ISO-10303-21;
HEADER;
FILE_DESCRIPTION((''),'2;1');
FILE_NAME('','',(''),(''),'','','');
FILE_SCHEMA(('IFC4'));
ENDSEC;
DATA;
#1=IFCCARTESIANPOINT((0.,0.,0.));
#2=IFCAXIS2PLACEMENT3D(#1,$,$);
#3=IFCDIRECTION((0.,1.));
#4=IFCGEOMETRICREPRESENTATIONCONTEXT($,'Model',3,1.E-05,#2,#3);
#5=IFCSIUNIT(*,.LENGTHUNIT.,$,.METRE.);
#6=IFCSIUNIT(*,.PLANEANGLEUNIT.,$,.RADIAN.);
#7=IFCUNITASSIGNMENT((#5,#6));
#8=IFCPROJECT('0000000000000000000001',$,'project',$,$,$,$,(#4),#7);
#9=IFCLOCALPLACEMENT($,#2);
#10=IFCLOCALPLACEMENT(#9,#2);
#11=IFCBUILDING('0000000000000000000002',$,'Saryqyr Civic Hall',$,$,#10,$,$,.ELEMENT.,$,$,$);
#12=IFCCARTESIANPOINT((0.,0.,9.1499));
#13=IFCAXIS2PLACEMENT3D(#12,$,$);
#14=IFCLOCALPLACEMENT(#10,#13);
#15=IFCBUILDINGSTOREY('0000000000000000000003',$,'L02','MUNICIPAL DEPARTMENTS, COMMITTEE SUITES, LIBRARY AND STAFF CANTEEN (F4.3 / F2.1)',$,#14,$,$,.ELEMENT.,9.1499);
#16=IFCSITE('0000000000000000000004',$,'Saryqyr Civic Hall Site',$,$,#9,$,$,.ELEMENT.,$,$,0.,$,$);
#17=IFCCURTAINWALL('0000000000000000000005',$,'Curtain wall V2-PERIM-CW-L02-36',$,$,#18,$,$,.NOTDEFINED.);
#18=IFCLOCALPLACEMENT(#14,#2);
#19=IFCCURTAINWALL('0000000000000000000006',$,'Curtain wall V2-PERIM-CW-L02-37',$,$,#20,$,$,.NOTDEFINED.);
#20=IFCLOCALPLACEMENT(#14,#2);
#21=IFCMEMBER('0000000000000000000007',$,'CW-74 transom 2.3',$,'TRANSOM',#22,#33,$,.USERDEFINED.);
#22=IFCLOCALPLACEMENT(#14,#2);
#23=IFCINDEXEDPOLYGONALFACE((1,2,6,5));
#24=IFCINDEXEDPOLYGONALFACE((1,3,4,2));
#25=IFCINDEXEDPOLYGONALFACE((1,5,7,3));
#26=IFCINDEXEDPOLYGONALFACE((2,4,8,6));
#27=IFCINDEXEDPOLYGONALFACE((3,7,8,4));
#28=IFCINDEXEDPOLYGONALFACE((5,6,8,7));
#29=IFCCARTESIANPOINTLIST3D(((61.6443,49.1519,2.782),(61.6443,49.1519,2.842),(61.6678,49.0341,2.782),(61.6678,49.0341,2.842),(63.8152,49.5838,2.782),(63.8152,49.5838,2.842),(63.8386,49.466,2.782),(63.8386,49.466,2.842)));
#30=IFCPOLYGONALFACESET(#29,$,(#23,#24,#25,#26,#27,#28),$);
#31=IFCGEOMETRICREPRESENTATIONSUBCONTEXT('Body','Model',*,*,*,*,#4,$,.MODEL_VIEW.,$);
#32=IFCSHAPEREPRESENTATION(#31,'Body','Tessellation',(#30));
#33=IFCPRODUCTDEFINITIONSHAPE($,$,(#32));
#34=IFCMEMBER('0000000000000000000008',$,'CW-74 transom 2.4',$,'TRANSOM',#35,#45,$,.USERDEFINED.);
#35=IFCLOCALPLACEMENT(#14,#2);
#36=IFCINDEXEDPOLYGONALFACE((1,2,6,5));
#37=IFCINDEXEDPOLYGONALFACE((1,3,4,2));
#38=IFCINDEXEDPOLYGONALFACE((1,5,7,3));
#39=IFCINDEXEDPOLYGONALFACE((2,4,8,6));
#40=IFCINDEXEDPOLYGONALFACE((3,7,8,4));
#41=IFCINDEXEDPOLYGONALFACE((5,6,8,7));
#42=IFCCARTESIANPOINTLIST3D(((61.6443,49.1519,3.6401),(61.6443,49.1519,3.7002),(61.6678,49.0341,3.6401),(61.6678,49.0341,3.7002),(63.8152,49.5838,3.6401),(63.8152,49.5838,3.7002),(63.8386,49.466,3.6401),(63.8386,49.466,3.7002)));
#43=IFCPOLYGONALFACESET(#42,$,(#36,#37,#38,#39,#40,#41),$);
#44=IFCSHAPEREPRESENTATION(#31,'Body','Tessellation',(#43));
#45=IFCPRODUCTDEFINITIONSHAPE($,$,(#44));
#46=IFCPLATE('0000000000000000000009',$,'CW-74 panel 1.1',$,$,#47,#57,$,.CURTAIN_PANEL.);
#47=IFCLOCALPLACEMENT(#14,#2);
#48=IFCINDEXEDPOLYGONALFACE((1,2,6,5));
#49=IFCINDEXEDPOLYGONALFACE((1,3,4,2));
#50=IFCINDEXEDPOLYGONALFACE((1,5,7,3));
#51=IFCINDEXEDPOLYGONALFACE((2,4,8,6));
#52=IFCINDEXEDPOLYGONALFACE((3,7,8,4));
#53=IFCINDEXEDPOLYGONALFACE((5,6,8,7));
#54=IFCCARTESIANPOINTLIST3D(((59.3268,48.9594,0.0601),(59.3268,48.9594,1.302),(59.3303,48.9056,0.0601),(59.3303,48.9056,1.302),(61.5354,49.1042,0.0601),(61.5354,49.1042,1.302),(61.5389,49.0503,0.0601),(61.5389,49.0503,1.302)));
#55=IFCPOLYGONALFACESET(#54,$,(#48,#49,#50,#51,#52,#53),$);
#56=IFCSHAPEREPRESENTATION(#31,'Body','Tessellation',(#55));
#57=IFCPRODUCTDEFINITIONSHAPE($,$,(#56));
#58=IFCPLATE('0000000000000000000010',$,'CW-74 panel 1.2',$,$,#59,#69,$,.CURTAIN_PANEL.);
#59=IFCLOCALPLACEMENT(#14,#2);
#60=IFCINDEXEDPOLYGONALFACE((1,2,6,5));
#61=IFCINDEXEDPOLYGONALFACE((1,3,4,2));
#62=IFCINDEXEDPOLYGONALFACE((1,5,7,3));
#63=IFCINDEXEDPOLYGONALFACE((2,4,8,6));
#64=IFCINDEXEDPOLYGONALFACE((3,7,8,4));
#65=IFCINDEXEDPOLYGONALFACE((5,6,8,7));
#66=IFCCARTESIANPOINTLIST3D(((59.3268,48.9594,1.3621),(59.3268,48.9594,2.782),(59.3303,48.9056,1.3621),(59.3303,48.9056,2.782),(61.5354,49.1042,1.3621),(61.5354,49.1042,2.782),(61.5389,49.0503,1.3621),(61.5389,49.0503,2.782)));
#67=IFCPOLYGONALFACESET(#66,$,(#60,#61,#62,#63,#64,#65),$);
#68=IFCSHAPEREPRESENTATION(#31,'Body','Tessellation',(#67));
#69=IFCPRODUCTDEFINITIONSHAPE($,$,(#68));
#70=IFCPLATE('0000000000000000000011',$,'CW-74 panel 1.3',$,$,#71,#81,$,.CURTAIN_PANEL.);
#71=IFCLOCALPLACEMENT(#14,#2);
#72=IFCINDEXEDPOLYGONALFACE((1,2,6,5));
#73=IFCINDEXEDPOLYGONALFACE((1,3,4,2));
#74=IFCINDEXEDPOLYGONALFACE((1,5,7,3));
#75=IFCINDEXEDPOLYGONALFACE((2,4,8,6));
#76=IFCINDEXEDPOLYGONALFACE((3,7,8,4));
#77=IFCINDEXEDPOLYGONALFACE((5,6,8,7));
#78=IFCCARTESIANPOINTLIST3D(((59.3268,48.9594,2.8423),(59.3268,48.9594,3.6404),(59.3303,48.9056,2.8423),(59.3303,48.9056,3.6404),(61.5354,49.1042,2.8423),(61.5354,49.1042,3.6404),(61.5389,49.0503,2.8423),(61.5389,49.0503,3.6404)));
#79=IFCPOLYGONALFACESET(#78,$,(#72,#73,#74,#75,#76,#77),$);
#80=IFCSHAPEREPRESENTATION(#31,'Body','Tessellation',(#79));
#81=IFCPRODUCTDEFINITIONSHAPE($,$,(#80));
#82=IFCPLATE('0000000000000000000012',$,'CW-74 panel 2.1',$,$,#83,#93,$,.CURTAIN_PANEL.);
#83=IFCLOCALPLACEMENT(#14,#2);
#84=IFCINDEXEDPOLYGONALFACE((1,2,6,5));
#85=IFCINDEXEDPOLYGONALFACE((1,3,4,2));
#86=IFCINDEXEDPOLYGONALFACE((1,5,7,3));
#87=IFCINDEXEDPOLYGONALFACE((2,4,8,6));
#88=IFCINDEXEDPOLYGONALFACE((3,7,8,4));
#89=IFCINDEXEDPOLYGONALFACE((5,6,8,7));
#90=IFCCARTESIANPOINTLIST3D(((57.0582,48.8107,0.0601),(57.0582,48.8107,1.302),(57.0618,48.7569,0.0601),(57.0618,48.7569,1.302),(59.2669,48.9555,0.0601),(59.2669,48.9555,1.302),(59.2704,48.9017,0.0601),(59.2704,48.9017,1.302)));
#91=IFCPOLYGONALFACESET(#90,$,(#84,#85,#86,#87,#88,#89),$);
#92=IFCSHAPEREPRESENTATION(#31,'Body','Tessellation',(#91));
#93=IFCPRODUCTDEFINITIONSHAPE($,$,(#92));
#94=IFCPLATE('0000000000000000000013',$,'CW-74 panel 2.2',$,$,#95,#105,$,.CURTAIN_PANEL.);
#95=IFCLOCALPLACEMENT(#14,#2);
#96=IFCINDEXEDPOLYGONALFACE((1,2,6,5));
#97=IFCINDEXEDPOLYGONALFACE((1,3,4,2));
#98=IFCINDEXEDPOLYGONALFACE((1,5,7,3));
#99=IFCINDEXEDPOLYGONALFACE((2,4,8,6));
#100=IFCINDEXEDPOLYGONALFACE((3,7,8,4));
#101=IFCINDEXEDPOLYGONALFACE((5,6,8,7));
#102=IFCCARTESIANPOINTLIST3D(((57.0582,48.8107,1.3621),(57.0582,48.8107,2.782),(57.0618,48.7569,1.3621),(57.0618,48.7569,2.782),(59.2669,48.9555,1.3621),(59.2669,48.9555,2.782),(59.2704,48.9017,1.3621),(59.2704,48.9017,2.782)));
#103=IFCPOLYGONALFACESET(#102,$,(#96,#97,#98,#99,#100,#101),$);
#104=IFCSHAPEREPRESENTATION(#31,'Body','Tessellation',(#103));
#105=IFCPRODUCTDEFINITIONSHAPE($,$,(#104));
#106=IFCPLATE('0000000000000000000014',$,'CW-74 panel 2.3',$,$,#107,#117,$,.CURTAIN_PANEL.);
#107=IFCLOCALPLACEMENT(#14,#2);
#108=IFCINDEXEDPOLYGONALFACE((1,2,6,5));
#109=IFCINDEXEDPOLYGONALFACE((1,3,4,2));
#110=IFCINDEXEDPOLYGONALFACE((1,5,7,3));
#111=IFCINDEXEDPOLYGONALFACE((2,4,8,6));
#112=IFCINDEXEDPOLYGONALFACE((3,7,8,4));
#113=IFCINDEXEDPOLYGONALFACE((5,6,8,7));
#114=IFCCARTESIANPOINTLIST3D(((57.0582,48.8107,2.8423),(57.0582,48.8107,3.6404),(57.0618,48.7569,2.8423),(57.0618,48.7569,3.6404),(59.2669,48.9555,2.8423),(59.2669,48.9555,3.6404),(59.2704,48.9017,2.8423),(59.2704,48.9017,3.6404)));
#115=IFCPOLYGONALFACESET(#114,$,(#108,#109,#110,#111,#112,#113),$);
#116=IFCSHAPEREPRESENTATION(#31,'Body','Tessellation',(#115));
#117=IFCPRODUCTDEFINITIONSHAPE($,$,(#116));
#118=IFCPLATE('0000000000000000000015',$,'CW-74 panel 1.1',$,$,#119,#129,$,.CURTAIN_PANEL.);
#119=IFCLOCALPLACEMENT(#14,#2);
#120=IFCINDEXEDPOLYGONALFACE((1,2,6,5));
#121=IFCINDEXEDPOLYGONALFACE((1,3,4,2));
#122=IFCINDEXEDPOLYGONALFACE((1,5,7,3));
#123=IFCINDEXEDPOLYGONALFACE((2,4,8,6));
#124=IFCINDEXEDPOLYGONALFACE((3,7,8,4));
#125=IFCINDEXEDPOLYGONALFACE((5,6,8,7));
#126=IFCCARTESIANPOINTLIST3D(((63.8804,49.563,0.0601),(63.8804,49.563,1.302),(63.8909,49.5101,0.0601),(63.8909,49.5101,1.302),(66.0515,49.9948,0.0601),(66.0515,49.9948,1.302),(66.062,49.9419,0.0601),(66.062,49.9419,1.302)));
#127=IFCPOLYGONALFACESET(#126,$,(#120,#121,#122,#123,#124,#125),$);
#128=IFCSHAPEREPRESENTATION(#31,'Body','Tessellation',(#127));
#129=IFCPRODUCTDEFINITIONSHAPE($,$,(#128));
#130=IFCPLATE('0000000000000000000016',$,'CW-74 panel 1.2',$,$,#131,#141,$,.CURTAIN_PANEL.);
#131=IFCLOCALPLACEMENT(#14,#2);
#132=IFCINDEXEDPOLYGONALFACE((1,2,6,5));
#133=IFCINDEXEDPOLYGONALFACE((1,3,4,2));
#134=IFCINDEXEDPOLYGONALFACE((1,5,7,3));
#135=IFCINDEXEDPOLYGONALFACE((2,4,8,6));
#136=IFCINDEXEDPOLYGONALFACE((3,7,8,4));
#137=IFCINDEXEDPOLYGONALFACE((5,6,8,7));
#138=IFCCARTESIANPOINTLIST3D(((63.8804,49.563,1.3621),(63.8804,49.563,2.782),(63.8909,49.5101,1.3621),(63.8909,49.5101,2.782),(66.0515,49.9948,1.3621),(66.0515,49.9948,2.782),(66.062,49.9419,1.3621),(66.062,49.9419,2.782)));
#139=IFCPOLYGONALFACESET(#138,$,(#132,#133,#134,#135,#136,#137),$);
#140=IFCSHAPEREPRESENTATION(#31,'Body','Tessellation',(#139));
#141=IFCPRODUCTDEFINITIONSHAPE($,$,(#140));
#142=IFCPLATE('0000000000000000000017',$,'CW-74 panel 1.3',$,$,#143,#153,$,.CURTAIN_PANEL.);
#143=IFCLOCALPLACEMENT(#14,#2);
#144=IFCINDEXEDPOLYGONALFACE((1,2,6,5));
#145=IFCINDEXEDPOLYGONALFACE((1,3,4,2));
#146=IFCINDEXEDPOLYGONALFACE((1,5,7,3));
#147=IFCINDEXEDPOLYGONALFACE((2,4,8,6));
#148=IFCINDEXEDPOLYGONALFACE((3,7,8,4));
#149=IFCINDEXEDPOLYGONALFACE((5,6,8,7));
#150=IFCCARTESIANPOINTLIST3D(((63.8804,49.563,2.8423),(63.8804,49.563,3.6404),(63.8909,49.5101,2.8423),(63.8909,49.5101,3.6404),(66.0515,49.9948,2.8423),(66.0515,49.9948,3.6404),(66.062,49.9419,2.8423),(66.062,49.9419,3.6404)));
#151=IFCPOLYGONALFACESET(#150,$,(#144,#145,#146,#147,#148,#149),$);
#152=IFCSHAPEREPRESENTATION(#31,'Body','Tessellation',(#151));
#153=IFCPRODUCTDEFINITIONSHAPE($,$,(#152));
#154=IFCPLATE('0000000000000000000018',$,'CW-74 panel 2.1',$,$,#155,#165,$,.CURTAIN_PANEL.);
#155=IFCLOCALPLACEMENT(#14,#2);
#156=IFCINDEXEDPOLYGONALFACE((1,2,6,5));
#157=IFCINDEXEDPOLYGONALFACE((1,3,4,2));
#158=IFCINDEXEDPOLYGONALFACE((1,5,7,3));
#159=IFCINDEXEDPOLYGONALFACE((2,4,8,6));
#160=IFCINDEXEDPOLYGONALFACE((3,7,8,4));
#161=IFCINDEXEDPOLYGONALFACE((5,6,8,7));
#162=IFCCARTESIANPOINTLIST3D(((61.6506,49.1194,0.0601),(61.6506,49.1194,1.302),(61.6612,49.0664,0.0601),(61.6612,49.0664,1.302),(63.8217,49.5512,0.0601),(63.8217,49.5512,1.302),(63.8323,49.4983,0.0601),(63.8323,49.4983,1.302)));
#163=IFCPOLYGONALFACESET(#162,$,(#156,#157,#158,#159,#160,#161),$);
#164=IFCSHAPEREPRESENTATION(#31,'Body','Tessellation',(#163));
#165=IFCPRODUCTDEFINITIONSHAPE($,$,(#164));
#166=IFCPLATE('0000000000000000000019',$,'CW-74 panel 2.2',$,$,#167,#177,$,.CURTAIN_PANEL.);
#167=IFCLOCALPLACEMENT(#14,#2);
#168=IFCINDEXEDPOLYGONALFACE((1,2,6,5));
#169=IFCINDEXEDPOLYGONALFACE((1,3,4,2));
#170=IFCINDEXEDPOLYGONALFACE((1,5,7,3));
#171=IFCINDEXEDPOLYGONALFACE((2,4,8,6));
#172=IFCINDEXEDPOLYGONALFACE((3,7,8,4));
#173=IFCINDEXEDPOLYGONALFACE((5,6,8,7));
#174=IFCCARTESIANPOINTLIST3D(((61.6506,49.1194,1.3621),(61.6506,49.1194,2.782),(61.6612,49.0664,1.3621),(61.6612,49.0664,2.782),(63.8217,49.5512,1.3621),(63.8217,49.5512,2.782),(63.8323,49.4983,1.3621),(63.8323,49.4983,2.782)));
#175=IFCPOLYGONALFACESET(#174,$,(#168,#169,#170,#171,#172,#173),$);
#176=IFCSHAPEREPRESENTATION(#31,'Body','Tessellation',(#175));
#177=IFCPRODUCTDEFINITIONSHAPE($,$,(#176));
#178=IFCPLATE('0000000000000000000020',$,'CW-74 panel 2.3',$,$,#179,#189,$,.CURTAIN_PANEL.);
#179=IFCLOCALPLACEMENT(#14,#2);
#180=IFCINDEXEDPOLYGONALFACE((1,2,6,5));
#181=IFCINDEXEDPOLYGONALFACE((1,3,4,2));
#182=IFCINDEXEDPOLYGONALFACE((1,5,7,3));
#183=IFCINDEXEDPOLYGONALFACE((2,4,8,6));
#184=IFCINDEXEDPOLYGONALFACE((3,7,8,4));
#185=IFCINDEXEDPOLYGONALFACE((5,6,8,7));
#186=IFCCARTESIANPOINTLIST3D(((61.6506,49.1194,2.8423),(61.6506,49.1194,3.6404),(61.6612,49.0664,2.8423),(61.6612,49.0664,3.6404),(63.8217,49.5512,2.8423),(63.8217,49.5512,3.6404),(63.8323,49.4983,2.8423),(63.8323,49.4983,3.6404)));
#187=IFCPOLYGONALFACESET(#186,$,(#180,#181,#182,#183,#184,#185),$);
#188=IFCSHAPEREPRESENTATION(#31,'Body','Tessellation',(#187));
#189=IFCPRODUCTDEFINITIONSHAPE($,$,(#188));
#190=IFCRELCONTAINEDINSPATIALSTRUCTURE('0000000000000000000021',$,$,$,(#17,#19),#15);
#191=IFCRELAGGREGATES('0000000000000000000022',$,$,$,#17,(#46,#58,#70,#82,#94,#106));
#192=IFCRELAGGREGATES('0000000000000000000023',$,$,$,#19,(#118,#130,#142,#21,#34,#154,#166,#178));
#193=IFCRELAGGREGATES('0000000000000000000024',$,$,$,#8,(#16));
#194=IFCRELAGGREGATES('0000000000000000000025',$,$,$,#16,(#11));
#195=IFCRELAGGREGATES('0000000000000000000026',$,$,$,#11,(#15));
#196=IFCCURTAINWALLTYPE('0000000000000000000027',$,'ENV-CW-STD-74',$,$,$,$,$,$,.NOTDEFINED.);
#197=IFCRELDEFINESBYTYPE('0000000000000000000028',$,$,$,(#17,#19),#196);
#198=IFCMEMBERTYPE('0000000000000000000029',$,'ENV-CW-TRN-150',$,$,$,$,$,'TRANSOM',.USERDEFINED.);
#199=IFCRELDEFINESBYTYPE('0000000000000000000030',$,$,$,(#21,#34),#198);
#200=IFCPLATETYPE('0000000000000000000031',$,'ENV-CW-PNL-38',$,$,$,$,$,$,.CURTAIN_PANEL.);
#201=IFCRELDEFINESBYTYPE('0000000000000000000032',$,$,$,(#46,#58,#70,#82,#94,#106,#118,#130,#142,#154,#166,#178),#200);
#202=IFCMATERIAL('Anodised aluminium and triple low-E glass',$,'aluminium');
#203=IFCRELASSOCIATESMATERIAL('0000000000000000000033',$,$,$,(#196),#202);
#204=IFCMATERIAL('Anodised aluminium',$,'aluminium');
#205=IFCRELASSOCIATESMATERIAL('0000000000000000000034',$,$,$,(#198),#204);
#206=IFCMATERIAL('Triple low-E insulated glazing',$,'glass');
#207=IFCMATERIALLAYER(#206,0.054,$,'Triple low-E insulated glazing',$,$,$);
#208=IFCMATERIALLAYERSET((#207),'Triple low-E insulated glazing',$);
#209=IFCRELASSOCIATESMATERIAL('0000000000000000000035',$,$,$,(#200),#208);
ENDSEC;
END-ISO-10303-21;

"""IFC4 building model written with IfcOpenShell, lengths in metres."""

from ifc_helpers import new_model, si_unit, direction, frame, origin, origin_2d, place, context, subcontext, project, spatial, rectangle, extrude, material, layer, layer_set, material_profile, profile_set, type_object, element, aggregate, save


model = new_model("IFC4")

# Units and contexts
model_context = context("Model", 3, precision=1e-05, world=origin(), true_north=direction((0.0, 1.0)))
body_context = subcontext(model_context, "Body", "Model", "MODEL_VIEW")
ifc_project = project(units=[si_unit("LENGTHUNIT", "METRE"), si_unit("PLANEANGLEUNIT", "RADIAN")], contexts=[model_context])

# Site, building, storey
site_placement = place(None, origin())
site = spatial("IfcSite", under=ifc_project, at=site_placement, Name="Saryqyr Civic Hall Site", CompositionType="ELEMENT", RefElevation=0.0)
building_placement = place(site_placement, origin())
building = spatial("IfcBuilding", under=site, at=building_placement, Name="Saryqyr Civic Hall", CompositionType="ELEMENT")
storey_placement = place(building_placement, frame((0.0, 0.0, 9.1499)))
storey = spatial("IfcBuildingStorey", under=building, at=storey_placement, Name="L02", Description="MUNICIPAL DEPARTMENTS, COMMITTEE SUITES, LIBRARY AND STAFF CANTEEN (F4.3 / F2.1)", CompositionType="ELEMENT", Elevation=9.1499)

# Curtain walls
ifc_material_1 = material(Name="Anodised aluminium and triple low-E glass", Category="aluminium")
curtain_wall_type = type_object("IfcCurtainWallType", Name="ENV-CW-STD-74", PredefinedType="NOTDEFINED", material=ifc_material_1)
curtain_wall_1_placement = place(storey_placement, origin())
curtain_wall_1 = element("IfcCurtainWall", 1, at=curtain_wall_1_placement, inside=storey, type_object=curtain_wall_type, Name="Curtain wall V2-PERIM-CW-L02-36", PredefinedType="NOTDEFINED")
ifc_material_2 = material(Name="Anodised aluminium", Category="aluminium")
curtain_wall_2_placement = place(storey_placement, origin())
curtain_wall_2 = element("IfcCurtainWall", 2, at=curtain_wall_2_placement, inside=storey, type_object=curtain_wall_type, Name="Curtain wall V2-PERIM-CW-L02-37", PredefinedType="NOTDEFINED")

# Members
ifc_material_profile_1 = material_profile(ifc_material_2, rectangle(XDim=0.1201, YDim=0.0601, at=origin_2d()), Name="ALU TRANSOM 120x60")
ifc_profile_set_1 = profile_set([ifc_material_profile_1], Name="Anodised aluminium")
member_type_1 = type_object("IfcMemberType", Name="ENV-CW-TRN-150", ElementType="TRANSOM", PredefinedType="USERDEFINED", material=ifc_profile_set_1)
member_1_placement = place(storey_placement, frame((63.8269, 49.5249, 2.812), z_axis=(-0.98078, -0.195119, 0.0), x_axis=(0.195119, -0.98078, 0.0)))
member_1 = element("IfcMember", 3, at=member_1_placement, type_object=member_type_1, Name="CW-74 transom 2.3", ObjectType="TRANSOM", PredefinedType="USERDEFINED", context=body_context, shape_type="SweptSolid", body=[
    extrude(rectangle(XDim=0.1201, YDim=0.0601, at=origin_2d()), origin(), (0.0, 0.0, 1.0), 2.2134),
])
member_2_placement = place(storey_placement, frame((63.8269, 49.5249, 3.6702), z_axis=(-0.98078, -0.195119, 0.0), x_axis=(0.195119, -0.98078, 0.0)))
member_2 = element("IfcMember", 4, at=member_2_placement, type_object=member_type_1, Name="CW-74 transom 2.4", ObjectType="TRANSOM", PredefinedType="USERDEFINED", context=body_context, shape_type="SweptSolid", body=[
    extrude(rectangle(XDim=0.1201, YDim=0.0601, at=origin_2d()), origin(), (0.0, 0.0, 1.0), 2.2134),
])

# Plates
ifc_material_3 = material(Name="Triple low-E insulated glazing", Category="glass")
ifc_layer_1 = layer(ifc_material_3, 0.054, Name="Triple low-E insulated glazing")
ifc_layer_set_1 = layer_set([ifc_layer_1], Name="Triple low-E insulated glazing")
plate_type = type_object("IfcPlateType", Name="ENV-CW-PNL-38", PredefinedType="CURTAIN_PANEL", material=ifc_layer_set_1)
plate_1_placement = place(storey_placement, frame((60.4329, 49.0049, 0.0601), z_axis=(0.0, 0.0, 1.0), x_axis=(-0.997859, -0.065401, 0.0)))
plate_1 = element("IfcPlate", 5, at=plate_1_placement, type_object=plate_type, Name="CW-74 panel 1.1", PredefinedType="CURTAIN_PANEL", context=body_context, shape_type="SweptSolid", body=[
    extrude(rectangle(XDim=2.2134, YDim=0.054, at=origin_2d()), origin(), (0.0, 0.0, 1.0), 1.2419),
])
plate_2_placement = place(storey_placement, frame((60.4329, 49.0049, 1.3621), z_axis=(0.0, 0.0, 1.0), x_axis=(-0.997859, -0.065401, 0.0)))
plate_2 = element("IfcPlate", 6, at=plate_2_placement, type_object=plate_type, Name="CW-74 panel 1.2", PredefinedType="CURTAIN_PANEL", context=body_context, shape_type="SweptSolid", body=[
    extrude(rectangle(XDim=2.2134, YDim=0.054, at=origin_2d()), origin(), (0.0, 0.0, 1.0), 1.4199),
])
plate_3_placement = place(storey_placement, frame((60.4329, 49.0049, 2.8423), z_axis=(0.0, 0.0, 1.0), x_axis=(-0.997859, -0.065401, 0.0)))
plate_3 = element("IfcPlate", 7, at=plate_3_placement, type_object=plate_type, Name="CW-74 panel 1.3", PredefinedType="CURTAIN_PANEL", context=body_context, shape_type="SweptSolid", body=[
    extrude(rectangle(XDim=2.2134, YDim=0.054, at=origin_2d()), origin(), (0.0, 0.0, 1.0), 0.7981),
])
plate_4_placement = place(storey_placement, frame((58.1643, 48.8562, 0.0601), z_axis=(0.0, 0.0, 1.0), x_axis=(-0.997859, -0.065401, 0.0)))
plate_4 = element("IfcPlate", 8, at=plate_4_placement, type_object=plate_type, Name="CW-74 panel 2.1", PredefinedType="CURTAIN_PANEL", context=body_context, shape_type="SweptSolid", body=[
    extrude(rectangle(XDim=2.2134, YDim=0.054, at=origin_2d()), origin(), (0.0, 0.0, 1.0), 1.2419),
])
plate_5_placement = place(storey_placement, frame((58.1643, 48.8562, 1.3621), z_axis=(0.0, 0.0, 1.0), x_axis=(-0.997859, -0.065401, 0.0)))
plate_5 = element("IfcPlate", 9, at=plate_5_placement, type_object=plate_type, Name="CW-74 panel 2.2", PredefinedType="CURTAIN_PANEL", context=body_context, shape_type="SweptSolid", body=[
    extrude(rectangle(XDim=2.2134, YDim=0.054, at=origin_2d()), origin(), (0.0, 0.0, 1.0), 1.4199),
])
plate_6_placement = place(storey_placement, frame((58.1643, 48.8562, 2.8423), z_axis=(0.0, 0.0, 1.0), x_axis=(-0.997859, -0.065401, 0.0)))
plate_6 = element("IfcPlate", 10, at=plate_6_placement, type_object=plate_type, Name="CW-74 panel 2.3", PredefinedType="CURTAIN_PANEL", context=body_context, shape_type="SweptSolid", body=[
    extrude(rectangle(XDim=2.2134, YDim=0.054, at=origin_2d()), origin(), (0.0, 0.0, 1.0), 0.7981),
])
aggregate(curtain_wall_1, [plate_1, plate_2, plate_3, plate_4, plate_5, plate_6])
plate_7_placement = place(storey_placement, frame((64.9712, 49.7524, 0.0601), z_axis=(0.0, 0.0, 1.0), x_axis=(-0.980785, -0.195093, 0.0)))
plate_7 = element("IfcPlate", 11, at=plate_7_placement, type_object=plate_type, Name="CW-74 panel 1.1", PredefinedType="CURTAIN_PANEL", context=body_context, shape_type="SweptSolid", body=[
    extrude(rectangle(XDim=2.2136, YDim=0.054, at=origin_2d()), origin(), (0.0, 0.0, 1.0), 1.2419),
])
plate_8_placement = place(storey_placement, frame((64.9712, 49.7524, 1.3621), z_axis=(0.0, 0.0, 1.0), x_axis=(-0.980785, -0.195093, 0.0)))
plate_8 = element("IfcPlate", 12, at=plate_8_placement, type_object=plate_type, Name="CW-74 panel 1.2", PredefinedType="CURTAIN_PANEL", context=body_context, shape_type="SweptSolid", body=[
    extrude(rectangle(XDim=2.2136, YDim=0.054, at=origin_2d()), origin(), (0.0, 0.0, 1.0), 1.4199),
])
plate_9_placement = place(storey_placement, frame((64.9712, 49.7524, 2.8423), z_axis=(0.0, 0.0, 1.0), x_axis=(-0.980785, -0.195093, 0.0)))
plate_9 = element("IfcPlate", 13, at=plate_9_placement, type_object=plate_type, Name="CW-74 panel 1.3", PredefinedType="CURTAIN_PANEL", context=body_context, shape_type="SweptSolid", body=[
    extrude(rectangle(XDim=2.2136, YDim=0.054, at=origin_2d()), origin(), (0.0, 0.0, 1.0), 0.7981),
])
plate_10_placement = place(storey_placement, frame((62.7415, 49.3088, 0.0601), z_axis=(0.0, 0.0, 1.0), x_axis=(-0.980785, -0.195093, 0.0)))
plate_10 = element("IfcPlate", 14, at=plate_10_placement, type_object=plate_type, Name="CW-74 panel 2.1", PredefinedType="CURTAIN_PANEL", context=body_context, shape_type="SweptSolid", body=[
    extrude(rectangle(XDim=2.2136, YDim=0.054, at=origin_2d()), origin(), (0.0, 0.0, 1.0), 1.2419),
])
plate_11_placement = place(storey_placement, frame((62.7415, 49.3088, 1.3621), z_axis=(0.0, 0.0, 1.0), x_axis=(-0.980785, -0.195093, 0.0)))
plate_11 = element("IfcPlate", 15, at=plate_11_placement, type_object=plate_type, Name="CW-74 panel 2.2", PredefinedType="CURTAIN_PANEL", context=body_context, shape_type="SweptSolid", body=[
    extrude(rectangle(XDim=2.2136, YDim=0.054, at=origin_2d()), origin(), (0.0, 0.0, 1.0), 1.4199),
])
plate_12_placement = place(storey_placement, frame((62.7415, 49.3088, 2.8423), z_axis=(0.0, 0.0, 1.0), x_axis=(-0.980785, -0.195093, 0.0)))
plate_12 = element("IfcPlate", 16, at=plate_12_placement, type_object=plate_type, Name="CW-74 panel 2.3", PredefinedType="CURTAIN_PANEL", context=body_context, shape_type="SweptSolid", body=[
    extrude(rectangle(XDim=2.2136, YDim=0.054, at=origin_2d()), origin(), (0.0, 0.0, 1.0), 0.7981),
])
aggregate(curtain_wall_2, [plate_7, plate_8, plate_9, member_1, member_2, plate_10, plate_11, plate_12])

save(model, "model.ifc")
